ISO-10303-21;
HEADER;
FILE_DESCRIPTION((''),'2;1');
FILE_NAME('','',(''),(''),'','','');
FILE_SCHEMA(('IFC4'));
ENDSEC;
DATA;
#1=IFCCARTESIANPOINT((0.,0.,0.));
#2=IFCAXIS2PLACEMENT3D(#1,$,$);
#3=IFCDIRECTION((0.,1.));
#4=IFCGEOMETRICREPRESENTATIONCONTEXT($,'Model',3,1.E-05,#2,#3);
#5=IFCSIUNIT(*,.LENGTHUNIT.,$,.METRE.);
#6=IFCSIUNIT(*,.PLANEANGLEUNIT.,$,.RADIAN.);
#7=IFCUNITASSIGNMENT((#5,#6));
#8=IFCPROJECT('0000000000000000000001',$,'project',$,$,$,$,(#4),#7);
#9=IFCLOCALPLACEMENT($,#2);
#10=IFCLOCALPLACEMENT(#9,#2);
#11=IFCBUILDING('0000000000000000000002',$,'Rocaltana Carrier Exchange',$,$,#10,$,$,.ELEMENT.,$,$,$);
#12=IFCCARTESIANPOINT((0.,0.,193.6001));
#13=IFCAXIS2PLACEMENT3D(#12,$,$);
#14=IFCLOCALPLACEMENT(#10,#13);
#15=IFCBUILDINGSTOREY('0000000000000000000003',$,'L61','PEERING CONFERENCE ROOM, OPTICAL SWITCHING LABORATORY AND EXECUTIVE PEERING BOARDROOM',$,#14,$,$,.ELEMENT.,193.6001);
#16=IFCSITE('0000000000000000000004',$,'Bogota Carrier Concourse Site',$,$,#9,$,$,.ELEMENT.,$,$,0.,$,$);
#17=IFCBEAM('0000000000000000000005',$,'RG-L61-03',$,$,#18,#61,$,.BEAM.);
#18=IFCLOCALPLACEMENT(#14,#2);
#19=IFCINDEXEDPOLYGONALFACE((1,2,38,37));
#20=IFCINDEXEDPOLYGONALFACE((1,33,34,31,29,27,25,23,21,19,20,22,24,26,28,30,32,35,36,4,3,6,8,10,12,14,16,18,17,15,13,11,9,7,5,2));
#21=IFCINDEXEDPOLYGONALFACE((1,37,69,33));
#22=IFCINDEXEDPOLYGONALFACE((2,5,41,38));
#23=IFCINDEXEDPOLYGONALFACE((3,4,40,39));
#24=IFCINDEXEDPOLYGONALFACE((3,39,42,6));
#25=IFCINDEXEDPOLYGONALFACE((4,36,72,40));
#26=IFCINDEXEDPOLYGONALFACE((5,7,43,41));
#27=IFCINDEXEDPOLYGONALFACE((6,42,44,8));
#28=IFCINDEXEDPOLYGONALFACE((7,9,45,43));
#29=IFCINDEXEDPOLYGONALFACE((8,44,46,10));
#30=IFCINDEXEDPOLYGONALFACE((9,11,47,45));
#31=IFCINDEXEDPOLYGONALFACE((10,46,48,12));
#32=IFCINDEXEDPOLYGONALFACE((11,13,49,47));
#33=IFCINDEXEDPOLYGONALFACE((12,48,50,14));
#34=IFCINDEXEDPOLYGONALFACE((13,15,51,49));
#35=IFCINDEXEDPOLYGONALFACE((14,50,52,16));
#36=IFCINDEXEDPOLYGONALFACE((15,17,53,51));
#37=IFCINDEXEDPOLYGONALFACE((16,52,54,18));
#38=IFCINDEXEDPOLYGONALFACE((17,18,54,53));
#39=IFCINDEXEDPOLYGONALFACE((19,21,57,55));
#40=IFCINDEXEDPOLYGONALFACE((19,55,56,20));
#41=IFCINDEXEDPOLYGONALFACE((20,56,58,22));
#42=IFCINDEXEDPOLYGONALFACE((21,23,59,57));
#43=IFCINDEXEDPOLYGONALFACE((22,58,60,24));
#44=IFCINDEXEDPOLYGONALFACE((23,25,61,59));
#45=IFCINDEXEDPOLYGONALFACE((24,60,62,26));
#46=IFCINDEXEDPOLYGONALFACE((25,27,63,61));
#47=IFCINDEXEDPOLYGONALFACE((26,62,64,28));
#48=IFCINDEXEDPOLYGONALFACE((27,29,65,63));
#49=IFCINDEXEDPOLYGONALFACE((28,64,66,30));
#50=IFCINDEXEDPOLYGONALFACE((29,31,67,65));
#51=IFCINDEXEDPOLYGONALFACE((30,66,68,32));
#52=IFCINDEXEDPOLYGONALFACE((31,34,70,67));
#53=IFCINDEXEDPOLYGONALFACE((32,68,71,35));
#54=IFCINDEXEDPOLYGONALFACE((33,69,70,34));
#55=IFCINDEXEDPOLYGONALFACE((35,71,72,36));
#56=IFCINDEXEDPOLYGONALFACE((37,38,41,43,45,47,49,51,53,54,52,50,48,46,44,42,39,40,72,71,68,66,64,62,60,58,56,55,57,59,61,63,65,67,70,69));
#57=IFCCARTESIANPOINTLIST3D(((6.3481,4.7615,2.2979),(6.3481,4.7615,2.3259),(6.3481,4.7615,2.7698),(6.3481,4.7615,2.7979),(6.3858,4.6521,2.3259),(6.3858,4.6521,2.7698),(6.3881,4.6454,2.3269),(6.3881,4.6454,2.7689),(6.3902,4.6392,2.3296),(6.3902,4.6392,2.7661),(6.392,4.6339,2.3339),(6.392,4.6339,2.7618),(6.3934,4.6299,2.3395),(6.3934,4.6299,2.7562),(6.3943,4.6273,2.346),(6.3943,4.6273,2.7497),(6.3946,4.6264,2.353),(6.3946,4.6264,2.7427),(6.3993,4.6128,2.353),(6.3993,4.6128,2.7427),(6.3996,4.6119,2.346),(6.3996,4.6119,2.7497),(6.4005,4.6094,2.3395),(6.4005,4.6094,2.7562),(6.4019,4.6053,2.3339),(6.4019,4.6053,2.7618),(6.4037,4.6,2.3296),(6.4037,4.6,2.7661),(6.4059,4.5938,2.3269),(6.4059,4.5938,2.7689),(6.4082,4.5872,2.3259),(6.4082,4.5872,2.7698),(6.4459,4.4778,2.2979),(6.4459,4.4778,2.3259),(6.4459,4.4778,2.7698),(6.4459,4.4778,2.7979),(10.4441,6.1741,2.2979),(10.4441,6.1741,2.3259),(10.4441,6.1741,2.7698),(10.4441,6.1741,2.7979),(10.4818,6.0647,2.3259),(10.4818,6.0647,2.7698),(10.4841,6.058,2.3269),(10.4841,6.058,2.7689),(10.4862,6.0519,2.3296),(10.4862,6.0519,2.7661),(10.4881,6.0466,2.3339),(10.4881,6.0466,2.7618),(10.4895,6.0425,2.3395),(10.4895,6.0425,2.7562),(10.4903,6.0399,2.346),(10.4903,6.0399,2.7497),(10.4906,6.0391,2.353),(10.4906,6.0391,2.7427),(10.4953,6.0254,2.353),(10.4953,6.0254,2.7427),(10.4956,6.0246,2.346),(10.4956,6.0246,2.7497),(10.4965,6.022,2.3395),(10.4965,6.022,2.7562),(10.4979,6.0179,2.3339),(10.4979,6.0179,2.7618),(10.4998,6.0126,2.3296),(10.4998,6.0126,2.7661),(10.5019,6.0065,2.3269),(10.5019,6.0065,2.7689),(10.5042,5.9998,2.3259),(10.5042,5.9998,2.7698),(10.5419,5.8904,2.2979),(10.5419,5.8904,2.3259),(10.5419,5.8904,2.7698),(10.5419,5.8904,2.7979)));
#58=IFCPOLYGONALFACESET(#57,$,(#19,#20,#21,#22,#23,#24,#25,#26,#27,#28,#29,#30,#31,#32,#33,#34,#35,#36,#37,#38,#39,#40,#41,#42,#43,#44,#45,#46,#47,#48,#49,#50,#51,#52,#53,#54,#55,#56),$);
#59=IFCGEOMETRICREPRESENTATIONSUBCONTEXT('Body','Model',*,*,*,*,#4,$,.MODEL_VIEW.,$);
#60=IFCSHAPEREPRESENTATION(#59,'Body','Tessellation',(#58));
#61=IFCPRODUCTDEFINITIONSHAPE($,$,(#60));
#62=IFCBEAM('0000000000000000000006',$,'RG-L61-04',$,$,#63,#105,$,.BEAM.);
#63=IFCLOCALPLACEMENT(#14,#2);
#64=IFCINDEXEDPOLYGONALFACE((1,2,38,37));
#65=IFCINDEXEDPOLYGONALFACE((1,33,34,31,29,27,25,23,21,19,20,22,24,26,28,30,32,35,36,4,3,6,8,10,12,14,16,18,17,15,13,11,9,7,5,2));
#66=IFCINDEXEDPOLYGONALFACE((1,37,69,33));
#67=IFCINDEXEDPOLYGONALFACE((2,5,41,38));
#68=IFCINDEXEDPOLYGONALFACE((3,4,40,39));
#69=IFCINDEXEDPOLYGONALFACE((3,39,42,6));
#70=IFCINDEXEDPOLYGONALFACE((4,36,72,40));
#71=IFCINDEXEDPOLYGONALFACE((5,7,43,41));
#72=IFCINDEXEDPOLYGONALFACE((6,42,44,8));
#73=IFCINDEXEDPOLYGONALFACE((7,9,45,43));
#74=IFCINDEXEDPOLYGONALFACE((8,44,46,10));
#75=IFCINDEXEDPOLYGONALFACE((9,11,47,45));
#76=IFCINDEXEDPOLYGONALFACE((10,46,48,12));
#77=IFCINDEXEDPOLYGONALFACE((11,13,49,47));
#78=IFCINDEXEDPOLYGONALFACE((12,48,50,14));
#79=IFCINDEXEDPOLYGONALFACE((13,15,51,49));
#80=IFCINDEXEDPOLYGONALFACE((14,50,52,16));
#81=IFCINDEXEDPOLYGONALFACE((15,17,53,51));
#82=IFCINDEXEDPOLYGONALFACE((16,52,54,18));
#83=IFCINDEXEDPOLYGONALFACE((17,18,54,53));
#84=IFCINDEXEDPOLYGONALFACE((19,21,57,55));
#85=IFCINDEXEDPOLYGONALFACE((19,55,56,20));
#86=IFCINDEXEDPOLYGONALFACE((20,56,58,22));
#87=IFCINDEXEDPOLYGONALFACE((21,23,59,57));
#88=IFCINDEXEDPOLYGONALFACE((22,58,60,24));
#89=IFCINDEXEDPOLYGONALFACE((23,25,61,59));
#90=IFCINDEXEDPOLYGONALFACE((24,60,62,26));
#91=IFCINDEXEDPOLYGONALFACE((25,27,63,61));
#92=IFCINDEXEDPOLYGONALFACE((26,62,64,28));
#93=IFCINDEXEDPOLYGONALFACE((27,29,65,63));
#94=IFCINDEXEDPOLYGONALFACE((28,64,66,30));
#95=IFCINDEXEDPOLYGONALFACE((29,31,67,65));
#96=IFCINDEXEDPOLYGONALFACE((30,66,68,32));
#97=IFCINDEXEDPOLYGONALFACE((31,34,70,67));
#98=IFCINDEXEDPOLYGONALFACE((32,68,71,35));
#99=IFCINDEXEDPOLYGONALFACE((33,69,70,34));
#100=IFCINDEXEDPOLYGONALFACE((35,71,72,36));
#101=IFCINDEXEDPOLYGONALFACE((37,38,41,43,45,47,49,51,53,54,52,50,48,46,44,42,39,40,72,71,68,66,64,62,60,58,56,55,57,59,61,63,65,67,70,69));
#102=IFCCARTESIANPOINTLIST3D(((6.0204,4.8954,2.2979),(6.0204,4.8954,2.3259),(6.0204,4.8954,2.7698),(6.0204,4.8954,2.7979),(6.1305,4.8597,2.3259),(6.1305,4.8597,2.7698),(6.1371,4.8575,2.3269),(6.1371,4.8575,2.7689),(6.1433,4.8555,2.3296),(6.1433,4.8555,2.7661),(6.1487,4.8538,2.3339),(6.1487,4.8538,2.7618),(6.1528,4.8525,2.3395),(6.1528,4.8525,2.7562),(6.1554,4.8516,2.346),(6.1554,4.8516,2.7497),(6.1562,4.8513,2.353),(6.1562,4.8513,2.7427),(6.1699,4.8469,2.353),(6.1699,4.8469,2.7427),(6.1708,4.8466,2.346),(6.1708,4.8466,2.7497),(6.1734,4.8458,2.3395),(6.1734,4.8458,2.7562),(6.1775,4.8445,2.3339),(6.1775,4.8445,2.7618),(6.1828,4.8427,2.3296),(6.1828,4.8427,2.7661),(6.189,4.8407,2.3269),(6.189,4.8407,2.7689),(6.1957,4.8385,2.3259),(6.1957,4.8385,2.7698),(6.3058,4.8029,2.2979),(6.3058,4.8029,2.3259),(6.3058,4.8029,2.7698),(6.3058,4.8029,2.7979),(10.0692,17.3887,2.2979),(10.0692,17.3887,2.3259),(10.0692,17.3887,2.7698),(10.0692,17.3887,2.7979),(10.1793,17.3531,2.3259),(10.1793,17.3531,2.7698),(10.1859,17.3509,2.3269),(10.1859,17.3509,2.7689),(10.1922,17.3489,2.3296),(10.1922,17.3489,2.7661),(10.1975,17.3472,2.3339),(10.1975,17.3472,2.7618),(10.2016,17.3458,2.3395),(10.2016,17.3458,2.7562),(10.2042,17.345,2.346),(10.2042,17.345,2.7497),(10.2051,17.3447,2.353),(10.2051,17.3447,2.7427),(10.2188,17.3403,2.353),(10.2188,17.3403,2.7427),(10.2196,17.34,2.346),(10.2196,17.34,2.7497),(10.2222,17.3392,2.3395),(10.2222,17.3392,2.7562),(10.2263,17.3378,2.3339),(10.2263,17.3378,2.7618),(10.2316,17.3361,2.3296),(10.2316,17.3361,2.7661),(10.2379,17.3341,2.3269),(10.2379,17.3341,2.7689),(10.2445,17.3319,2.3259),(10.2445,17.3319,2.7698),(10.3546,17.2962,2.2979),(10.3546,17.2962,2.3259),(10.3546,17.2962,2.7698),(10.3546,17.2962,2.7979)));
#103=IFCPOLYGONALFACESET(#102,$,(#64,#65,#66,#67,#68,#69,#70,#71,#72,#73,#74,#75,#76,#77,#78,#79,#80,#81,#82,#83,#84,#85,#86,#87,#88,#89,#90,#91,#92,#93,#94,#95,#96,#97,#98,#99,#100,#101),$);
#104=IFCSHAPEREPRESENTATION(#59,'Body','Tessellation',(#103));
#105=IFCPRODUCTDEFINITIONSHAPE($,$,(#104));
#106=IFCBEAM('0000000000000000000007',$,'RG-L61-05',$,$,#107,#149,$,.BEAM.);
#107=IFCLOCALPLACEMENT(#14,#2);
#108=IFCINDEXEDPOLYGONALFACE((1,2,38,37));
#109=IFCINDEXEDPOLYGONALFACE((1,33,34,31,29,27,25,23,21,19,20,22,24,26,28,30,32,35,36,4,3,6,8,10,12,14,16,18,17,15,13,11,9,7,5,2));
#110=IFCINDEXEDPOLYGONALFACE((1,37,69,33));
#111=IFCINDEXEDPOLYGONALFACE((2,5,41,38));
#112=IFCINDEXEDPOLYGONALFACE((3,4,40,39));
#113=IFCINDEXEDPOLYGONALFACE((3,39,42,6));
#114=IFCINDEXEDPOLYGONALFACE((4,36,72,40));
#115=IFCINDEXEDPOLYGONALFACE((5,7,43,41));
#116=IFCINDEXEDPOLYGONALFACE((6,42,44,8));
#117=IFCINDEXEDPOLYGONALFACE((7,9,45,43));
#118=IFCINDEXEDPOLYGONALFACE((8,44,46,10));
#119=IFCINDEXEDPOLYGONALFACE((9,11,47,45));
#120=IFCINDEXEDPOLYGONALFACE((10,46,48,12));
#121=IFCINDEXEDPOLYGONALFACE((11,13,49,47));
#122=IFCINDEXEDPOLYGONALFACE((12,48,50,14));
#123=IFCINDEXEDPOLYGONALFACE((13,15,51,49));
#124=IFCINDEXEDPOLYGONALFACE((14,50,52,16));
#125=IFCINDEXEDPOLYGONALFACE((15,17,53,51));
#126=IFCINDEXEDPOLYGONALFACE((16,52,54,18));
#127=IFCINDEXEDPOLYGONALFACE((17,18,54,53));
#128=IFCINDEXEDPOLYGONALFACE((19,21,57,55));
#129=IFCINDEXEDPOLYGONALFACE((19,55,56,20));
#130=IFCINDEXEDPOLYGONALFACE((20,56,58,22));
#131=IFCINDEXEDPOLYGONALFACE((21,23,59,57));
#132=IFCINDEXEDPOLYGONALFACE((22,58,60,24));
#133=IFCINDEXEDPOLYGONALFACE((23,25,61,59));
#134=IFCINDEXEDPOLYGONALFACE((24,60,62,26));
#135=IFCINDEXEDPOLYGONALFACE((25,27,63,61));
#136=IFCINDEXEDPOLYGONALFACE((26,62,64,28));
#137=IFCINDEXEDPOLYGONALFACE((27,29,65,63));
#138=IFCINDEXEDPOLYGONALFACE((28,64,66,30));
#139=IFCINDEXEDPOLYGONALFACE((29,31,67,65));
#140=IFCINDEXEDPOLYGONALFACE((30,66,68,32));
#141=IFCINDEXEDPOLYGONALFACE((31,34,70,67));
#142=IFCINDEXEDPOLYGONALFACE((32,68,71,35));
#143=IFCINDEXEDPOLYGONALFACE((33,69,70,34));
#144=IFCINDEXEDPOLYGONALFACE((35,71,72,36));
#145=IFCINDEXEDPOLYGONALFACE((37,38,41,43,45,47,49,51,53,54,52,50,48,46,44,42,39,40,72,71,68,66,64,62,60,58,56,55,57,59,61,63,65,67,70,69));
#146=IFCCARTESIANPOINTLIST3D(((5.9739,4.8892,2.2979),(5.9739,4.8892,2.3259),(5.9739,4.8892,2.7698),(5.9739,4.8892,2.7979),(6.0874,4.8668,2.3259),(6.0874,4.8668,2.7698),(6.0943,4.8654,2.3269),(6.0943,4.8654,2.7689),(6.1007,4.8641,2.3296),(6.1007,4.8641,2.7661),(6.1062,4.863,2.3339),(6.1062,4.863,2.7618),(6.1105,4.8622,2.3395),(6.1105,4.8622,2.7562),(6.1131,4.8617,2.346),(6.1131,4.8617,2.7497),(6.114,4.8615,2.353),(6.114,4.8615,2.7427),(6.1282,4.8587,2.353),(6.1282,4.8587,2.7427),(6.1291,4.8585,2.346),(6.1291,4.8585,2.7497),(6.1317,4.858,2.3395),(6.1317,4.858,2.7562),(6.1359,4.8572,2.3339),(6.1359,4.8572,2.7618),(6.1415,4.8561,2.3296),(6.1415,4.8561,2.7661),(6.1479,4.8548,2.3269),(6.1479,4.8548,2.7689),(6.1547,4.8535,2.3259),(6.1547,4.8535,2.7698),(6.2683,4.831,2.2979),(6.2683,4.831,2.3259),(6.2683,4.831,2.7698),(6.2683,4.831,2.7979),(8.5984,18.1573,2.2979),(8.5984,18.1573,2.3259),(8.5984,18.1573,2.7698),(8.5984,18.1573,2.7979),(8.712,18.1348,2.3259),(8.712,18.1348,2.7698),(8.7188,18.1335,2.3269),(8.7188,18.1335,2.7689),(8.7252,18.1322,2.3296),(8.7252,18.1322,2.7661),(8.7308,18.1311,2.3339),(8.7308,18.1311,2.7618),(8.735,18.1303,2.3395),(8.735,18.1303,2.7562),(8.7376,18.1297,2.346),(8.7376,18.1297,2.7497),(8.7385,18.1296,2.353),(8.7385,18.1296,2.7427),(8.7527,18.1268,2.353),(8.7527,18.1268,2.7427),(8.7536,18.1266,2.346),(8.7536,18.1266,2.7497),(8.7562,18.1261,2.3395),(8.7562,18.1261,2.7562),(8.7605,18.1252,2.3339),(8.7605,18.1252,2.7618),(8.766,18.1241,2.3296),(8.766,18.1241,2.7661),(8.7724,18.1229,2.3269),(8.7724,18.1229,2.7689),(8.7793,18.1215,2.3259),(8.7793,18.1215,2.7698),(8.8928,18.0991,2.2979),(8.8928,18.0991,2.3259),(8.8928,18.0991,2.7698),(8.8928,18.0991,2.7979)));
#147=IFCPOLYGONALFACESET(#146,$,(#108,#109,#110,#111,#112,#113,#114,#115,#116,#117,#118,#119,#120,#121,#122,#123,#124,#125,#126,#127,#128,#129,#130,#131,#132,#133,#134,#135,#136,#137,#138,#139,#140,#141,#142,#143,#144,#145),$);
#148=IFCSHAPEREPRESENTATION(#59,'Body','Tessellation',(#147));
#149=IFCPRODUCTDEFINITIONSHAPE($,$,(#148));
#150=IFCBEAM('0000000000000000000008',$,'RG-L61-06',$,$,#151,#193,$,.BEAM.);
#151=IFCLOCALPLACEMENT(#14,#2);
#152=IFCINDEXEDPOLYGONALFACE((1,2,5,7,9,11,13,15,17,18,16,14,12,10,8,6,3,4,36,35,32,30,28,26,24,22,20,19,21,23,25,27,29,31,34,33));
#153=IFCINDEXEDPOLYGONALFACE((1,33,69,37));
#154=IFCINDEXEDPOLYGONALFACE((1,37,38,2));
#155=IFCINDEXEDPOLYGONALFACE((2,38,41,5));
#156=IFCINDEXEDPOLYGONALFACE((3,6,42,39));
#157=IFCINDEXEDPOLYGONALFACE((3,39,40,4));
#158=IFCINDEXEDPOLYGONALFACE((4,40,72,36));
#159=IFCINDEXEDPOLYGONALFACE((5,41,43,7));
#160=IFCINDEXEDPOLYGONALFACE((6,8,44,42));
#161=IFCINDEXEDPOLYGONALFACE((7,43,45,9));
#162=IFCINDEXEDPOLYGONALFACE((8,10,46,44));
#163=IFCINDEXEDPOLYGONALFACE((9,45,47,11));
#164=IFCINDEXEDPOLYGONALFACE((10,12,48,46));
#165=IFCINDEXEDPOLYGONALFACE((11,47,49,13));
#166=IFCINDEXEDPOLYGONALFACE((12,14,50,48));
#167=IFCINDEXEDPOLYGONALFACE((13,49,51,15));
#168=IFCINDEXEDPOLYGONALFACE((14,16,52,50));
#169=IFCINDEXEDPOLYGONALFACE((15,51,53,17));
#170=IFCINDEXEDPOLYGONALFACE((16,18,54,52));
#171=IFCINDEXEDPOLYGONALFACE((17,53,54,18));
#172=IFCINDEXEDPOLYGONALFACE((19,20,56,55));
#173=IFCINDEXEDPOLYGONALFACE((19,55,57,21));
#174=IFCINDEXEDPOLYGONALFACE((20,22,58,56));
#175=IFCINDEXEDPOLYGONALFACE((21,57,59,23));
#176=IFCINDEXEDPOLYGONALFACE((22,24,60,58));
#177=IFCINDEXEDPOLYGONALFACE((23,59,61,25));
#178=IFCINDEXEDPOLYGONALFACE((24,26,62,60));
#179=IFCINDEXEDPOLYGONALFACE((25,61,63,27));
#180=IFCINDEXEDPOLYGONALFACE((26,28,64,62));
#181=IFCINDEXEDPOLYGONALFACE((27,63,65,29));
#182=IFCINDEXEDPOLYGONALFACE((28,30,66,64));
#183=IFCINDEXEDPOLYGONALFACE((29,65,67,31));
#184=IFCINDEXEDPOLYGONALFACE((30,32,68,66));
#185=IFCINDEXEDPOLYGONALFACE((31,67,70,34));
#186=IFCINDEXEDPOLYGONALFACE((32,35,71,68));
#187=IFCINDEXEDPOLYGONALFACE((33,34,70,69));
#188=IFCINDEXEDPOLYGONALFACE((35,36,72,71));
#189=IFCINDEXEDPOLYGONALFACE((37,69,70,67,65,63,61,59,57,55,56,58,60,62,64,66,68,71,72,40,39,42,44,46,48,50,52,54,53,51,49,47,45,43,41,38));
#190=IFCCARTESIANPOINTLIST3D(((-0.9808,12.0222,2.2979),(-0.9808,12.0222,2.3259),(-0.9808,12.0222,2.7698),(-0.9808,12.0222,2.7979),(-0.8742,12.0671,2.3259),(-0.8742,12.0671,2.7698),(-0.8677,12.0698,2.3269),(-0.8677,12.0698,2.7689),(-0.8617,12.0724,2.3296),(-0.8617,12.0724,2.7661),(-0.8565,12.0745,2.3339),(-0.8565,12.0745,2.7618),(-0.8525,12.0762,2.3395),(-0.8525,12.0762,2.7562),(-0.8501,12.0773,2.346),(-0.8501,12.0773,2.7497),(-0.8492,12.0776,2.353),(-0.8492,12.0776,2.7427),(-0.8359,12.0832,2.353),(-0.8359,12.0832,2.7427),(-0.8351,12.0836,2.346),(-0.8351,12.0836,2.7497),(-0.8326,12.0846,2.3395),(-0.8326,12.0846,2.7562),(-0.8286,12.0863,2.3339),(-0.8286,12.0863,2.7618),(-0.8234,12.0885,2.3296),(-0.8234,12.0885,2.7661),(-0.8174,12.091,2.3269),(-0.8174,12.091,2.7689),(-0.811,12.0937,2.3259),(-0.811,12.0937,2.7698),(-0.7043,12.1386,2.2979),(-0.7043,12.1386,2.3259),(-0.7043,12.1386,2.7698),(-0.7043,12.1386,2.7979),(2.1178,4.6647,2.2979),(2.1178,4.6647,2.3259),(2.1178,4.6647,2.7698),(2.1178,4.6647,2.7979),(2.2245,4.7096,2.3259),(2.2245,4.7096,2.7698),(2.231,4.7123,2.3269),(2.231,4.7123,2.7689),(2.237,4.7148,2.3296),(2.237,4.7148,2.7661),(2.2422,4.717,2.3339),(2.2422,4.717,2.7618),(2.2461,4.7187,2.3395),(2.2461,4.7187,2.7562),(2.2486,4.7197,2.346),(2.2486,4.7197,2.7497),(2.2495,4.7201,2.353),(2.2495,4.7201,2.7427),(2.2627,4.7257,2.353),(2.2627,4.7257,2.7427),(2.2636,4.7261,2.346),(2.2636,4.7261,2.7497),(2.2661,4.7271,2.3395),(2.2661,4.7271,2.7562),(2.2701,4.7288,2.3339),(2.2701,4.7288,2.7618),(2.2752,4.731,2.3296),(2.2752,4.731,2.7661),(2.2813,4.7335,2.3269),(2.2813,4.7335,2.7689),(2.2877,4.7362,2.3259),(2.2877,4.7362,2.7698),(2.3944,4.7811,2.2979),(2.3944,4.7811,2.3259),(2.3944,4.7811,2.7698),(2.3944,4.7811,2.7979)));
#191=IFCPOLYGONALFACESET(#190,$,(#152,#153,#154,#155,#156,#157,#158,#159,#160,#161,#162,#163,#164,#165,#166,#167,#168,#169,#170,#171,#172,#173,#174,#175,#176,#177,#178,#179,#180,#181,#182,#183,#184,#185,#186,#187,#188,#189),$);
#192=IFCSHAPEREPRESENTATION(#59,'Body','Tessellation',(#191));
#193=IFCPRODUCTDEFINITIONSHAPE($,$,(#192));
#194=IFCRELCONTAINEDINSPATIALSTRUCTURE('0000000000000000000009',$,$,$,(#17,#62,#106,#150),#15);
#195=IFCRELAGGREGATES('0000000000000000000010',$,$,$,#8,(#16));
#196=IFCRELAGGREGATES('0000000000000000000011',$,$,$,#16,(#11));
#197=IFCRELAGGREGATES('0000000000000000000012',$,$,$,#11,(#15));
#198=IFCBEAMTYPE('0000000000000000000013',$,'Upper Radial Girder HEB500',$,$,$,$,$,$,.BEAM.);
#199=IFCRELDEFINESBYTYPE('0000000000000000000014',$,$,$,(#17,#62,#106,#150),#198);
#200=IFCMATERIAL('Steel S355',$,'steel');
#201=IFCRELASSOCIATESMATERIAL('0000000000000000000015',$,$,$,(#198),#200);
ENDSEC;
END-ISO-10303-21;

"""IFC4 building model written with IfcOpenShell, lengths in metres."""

from ifc_helpers import new_model, si_unit, direction, frame, origin, origin_2d, place, context, subcontext, project, spatial, i_section, extrude, material, material_profile, profile_set, type_object, element, save


model = new_model("IFC4")

# Units and contexts
model_context = context("Model", 3, precision=1e-05, world=origin(), true_north=direction((0.0, 1.0)))
body_context = subcontext(model_context, "Body", "Model", "MODEL_VIEW")
ifc_project = project(units=[si_unit("LENGTHUNIT", "METRE"), si_unit("PLANEANGLEUNIT", "RADIAN")], contexts=[model_context])

# Site, building, storey
site_placement = place(None, origin())
site = spatial("IfcSite", under=ifc_project, at=site_placement, Name="Bogota Carrier Concourse Site", CompositionType="ELEMENT", RefElevation=0.0)
building_placement = place(site_placement, origin())
building = spatial("IfcBuilding", under=site, at=building_placement, Name="Rocaltana Carrier Exchange", CompositionType="ELEMENT")
storey_placement = place(building_placement, frame((0.0, 0.0, 193.6001)))
storey = spatial("IfcBuildingStorey", under=building, at=storey_placement, Name="L61", Description="PEERING CONFERENCE ROOM, OPTICAL SWITCHING LABORATORY AND EXECUTIVE PEERING BOARDROOM", CompositionType="ELEMENT", Elevation=193.6001)

# Beams
ifc_material_1 = material(Name="Steel S355", Category="steel")
ifc_material_profile_1 = material_profile(ifc_material_1, i_section(OverallWidth=0.3, OverallDepth=0.5, WebThickness=0.0144, FlangeThickness=0.0281, FilletRadius=0.0271, at=origin_2d()), Name="HEB500")
ifc_profile_set_1 = profile_set([ifc_material_profile_1], Name="Steel S355")
beam_type_1 = type_object("IfcBeamType", Name="Upper Radial Girder HEB500", PredefinedType="BEAM", material=ifc_profile_set_1)
beam_1_placement = place(storey_placement, frame((6.397, 4.6196, 2.5479), z_axis=(0.945359, 0.326032, 0.0), x_axis=(-0.326032, 0.945359, 0.0)))
element("IfcBeam", 1, at=beam_1_placement, inside=storey, type_object=beam_type_1, Name="RG-L61-03", PredefinedType="BEAM", context=body_context, shape_type="SweptSolid", body=[
    extrude(i_section(OverallWidth=0.3, OverallDepth=0.5, WebThickness=0.0144, FlangeThickness=0.0281, FilletRadius=0.0271, at=origin_2d()), origin(), (0.0, 0.0, 1.0), 4.3328),
])
beam_2_placement = place(storey_placement, frame((6.1631, 4.8491, 2.5479), z_axis=(0.308292, 0.951292, 0.0), x_axis=(-0.951292, 0.308292, 0.0)))
element("IfcBeam", 2, at=beam_2_placement, inside=storey, type_object=beam_type_1, Name="RG-L61-04", PredefinedType="BEAM", context=body_context, shape_type="SweptSolid", body=[
    extrude(i_section(OverallWidth=0.3, OverallDepth=0.5, WebThickness=0.0144, FlangeThickness=0.0281, FilletRadius=0.0271, at=origin_2d()), origin(), (0.0, 0.0, 1.0), 13.1331),
])
beam_3_placement = place(storey_placement, frame((6.1211, 4.8601, 2.5479), z_axis=(0.194047, 0.980992, 0.0), x_axis=(-0.980992, 0.194047, 0.0)))
element("IfcBeam", 3, at=beam_3_placement, inside=storey, type_object=beam_type_1, Name="RG-L61-05", PredefinedType="BEAM", context=body_context, shape_type="SweptSolid", body=[
    extrude(i_section(OverallWidth=0.3, OverallDepth=0.5, WebThickness=0.0144, FlangeThickness=0.0281, FilletRadius=0.0271, at=origin_2d()), origin(), (0.0, 0.0, 1.0), 13.5251),
])
beam_4_placement = place(storey_placement, frame((2.2561, 4.7229, 2.5479), z_axis=(-0.388139, 0.921601, 0.0), x_axis=(-0.921601, -0.388139, 0.0)))
element("IfcBeam", 4, at=beam_4_placement, inside=storey, type_object=beam_type_1, Name="RG-L61-06", PredefinedType="BEAM", context=body_context, shape_type="SweptSolid", body=[
    extrude(i_section(OverallWidth=0.3, OverallDepth=0.5, WebThickness=0.0144, FlangeThickness=0.0281, FilletRadius=0.0271, at=origin_2d()), origin(), (0.0, 0.0, 1.0), 7.9834),
])

save(model, "model.ifc")
